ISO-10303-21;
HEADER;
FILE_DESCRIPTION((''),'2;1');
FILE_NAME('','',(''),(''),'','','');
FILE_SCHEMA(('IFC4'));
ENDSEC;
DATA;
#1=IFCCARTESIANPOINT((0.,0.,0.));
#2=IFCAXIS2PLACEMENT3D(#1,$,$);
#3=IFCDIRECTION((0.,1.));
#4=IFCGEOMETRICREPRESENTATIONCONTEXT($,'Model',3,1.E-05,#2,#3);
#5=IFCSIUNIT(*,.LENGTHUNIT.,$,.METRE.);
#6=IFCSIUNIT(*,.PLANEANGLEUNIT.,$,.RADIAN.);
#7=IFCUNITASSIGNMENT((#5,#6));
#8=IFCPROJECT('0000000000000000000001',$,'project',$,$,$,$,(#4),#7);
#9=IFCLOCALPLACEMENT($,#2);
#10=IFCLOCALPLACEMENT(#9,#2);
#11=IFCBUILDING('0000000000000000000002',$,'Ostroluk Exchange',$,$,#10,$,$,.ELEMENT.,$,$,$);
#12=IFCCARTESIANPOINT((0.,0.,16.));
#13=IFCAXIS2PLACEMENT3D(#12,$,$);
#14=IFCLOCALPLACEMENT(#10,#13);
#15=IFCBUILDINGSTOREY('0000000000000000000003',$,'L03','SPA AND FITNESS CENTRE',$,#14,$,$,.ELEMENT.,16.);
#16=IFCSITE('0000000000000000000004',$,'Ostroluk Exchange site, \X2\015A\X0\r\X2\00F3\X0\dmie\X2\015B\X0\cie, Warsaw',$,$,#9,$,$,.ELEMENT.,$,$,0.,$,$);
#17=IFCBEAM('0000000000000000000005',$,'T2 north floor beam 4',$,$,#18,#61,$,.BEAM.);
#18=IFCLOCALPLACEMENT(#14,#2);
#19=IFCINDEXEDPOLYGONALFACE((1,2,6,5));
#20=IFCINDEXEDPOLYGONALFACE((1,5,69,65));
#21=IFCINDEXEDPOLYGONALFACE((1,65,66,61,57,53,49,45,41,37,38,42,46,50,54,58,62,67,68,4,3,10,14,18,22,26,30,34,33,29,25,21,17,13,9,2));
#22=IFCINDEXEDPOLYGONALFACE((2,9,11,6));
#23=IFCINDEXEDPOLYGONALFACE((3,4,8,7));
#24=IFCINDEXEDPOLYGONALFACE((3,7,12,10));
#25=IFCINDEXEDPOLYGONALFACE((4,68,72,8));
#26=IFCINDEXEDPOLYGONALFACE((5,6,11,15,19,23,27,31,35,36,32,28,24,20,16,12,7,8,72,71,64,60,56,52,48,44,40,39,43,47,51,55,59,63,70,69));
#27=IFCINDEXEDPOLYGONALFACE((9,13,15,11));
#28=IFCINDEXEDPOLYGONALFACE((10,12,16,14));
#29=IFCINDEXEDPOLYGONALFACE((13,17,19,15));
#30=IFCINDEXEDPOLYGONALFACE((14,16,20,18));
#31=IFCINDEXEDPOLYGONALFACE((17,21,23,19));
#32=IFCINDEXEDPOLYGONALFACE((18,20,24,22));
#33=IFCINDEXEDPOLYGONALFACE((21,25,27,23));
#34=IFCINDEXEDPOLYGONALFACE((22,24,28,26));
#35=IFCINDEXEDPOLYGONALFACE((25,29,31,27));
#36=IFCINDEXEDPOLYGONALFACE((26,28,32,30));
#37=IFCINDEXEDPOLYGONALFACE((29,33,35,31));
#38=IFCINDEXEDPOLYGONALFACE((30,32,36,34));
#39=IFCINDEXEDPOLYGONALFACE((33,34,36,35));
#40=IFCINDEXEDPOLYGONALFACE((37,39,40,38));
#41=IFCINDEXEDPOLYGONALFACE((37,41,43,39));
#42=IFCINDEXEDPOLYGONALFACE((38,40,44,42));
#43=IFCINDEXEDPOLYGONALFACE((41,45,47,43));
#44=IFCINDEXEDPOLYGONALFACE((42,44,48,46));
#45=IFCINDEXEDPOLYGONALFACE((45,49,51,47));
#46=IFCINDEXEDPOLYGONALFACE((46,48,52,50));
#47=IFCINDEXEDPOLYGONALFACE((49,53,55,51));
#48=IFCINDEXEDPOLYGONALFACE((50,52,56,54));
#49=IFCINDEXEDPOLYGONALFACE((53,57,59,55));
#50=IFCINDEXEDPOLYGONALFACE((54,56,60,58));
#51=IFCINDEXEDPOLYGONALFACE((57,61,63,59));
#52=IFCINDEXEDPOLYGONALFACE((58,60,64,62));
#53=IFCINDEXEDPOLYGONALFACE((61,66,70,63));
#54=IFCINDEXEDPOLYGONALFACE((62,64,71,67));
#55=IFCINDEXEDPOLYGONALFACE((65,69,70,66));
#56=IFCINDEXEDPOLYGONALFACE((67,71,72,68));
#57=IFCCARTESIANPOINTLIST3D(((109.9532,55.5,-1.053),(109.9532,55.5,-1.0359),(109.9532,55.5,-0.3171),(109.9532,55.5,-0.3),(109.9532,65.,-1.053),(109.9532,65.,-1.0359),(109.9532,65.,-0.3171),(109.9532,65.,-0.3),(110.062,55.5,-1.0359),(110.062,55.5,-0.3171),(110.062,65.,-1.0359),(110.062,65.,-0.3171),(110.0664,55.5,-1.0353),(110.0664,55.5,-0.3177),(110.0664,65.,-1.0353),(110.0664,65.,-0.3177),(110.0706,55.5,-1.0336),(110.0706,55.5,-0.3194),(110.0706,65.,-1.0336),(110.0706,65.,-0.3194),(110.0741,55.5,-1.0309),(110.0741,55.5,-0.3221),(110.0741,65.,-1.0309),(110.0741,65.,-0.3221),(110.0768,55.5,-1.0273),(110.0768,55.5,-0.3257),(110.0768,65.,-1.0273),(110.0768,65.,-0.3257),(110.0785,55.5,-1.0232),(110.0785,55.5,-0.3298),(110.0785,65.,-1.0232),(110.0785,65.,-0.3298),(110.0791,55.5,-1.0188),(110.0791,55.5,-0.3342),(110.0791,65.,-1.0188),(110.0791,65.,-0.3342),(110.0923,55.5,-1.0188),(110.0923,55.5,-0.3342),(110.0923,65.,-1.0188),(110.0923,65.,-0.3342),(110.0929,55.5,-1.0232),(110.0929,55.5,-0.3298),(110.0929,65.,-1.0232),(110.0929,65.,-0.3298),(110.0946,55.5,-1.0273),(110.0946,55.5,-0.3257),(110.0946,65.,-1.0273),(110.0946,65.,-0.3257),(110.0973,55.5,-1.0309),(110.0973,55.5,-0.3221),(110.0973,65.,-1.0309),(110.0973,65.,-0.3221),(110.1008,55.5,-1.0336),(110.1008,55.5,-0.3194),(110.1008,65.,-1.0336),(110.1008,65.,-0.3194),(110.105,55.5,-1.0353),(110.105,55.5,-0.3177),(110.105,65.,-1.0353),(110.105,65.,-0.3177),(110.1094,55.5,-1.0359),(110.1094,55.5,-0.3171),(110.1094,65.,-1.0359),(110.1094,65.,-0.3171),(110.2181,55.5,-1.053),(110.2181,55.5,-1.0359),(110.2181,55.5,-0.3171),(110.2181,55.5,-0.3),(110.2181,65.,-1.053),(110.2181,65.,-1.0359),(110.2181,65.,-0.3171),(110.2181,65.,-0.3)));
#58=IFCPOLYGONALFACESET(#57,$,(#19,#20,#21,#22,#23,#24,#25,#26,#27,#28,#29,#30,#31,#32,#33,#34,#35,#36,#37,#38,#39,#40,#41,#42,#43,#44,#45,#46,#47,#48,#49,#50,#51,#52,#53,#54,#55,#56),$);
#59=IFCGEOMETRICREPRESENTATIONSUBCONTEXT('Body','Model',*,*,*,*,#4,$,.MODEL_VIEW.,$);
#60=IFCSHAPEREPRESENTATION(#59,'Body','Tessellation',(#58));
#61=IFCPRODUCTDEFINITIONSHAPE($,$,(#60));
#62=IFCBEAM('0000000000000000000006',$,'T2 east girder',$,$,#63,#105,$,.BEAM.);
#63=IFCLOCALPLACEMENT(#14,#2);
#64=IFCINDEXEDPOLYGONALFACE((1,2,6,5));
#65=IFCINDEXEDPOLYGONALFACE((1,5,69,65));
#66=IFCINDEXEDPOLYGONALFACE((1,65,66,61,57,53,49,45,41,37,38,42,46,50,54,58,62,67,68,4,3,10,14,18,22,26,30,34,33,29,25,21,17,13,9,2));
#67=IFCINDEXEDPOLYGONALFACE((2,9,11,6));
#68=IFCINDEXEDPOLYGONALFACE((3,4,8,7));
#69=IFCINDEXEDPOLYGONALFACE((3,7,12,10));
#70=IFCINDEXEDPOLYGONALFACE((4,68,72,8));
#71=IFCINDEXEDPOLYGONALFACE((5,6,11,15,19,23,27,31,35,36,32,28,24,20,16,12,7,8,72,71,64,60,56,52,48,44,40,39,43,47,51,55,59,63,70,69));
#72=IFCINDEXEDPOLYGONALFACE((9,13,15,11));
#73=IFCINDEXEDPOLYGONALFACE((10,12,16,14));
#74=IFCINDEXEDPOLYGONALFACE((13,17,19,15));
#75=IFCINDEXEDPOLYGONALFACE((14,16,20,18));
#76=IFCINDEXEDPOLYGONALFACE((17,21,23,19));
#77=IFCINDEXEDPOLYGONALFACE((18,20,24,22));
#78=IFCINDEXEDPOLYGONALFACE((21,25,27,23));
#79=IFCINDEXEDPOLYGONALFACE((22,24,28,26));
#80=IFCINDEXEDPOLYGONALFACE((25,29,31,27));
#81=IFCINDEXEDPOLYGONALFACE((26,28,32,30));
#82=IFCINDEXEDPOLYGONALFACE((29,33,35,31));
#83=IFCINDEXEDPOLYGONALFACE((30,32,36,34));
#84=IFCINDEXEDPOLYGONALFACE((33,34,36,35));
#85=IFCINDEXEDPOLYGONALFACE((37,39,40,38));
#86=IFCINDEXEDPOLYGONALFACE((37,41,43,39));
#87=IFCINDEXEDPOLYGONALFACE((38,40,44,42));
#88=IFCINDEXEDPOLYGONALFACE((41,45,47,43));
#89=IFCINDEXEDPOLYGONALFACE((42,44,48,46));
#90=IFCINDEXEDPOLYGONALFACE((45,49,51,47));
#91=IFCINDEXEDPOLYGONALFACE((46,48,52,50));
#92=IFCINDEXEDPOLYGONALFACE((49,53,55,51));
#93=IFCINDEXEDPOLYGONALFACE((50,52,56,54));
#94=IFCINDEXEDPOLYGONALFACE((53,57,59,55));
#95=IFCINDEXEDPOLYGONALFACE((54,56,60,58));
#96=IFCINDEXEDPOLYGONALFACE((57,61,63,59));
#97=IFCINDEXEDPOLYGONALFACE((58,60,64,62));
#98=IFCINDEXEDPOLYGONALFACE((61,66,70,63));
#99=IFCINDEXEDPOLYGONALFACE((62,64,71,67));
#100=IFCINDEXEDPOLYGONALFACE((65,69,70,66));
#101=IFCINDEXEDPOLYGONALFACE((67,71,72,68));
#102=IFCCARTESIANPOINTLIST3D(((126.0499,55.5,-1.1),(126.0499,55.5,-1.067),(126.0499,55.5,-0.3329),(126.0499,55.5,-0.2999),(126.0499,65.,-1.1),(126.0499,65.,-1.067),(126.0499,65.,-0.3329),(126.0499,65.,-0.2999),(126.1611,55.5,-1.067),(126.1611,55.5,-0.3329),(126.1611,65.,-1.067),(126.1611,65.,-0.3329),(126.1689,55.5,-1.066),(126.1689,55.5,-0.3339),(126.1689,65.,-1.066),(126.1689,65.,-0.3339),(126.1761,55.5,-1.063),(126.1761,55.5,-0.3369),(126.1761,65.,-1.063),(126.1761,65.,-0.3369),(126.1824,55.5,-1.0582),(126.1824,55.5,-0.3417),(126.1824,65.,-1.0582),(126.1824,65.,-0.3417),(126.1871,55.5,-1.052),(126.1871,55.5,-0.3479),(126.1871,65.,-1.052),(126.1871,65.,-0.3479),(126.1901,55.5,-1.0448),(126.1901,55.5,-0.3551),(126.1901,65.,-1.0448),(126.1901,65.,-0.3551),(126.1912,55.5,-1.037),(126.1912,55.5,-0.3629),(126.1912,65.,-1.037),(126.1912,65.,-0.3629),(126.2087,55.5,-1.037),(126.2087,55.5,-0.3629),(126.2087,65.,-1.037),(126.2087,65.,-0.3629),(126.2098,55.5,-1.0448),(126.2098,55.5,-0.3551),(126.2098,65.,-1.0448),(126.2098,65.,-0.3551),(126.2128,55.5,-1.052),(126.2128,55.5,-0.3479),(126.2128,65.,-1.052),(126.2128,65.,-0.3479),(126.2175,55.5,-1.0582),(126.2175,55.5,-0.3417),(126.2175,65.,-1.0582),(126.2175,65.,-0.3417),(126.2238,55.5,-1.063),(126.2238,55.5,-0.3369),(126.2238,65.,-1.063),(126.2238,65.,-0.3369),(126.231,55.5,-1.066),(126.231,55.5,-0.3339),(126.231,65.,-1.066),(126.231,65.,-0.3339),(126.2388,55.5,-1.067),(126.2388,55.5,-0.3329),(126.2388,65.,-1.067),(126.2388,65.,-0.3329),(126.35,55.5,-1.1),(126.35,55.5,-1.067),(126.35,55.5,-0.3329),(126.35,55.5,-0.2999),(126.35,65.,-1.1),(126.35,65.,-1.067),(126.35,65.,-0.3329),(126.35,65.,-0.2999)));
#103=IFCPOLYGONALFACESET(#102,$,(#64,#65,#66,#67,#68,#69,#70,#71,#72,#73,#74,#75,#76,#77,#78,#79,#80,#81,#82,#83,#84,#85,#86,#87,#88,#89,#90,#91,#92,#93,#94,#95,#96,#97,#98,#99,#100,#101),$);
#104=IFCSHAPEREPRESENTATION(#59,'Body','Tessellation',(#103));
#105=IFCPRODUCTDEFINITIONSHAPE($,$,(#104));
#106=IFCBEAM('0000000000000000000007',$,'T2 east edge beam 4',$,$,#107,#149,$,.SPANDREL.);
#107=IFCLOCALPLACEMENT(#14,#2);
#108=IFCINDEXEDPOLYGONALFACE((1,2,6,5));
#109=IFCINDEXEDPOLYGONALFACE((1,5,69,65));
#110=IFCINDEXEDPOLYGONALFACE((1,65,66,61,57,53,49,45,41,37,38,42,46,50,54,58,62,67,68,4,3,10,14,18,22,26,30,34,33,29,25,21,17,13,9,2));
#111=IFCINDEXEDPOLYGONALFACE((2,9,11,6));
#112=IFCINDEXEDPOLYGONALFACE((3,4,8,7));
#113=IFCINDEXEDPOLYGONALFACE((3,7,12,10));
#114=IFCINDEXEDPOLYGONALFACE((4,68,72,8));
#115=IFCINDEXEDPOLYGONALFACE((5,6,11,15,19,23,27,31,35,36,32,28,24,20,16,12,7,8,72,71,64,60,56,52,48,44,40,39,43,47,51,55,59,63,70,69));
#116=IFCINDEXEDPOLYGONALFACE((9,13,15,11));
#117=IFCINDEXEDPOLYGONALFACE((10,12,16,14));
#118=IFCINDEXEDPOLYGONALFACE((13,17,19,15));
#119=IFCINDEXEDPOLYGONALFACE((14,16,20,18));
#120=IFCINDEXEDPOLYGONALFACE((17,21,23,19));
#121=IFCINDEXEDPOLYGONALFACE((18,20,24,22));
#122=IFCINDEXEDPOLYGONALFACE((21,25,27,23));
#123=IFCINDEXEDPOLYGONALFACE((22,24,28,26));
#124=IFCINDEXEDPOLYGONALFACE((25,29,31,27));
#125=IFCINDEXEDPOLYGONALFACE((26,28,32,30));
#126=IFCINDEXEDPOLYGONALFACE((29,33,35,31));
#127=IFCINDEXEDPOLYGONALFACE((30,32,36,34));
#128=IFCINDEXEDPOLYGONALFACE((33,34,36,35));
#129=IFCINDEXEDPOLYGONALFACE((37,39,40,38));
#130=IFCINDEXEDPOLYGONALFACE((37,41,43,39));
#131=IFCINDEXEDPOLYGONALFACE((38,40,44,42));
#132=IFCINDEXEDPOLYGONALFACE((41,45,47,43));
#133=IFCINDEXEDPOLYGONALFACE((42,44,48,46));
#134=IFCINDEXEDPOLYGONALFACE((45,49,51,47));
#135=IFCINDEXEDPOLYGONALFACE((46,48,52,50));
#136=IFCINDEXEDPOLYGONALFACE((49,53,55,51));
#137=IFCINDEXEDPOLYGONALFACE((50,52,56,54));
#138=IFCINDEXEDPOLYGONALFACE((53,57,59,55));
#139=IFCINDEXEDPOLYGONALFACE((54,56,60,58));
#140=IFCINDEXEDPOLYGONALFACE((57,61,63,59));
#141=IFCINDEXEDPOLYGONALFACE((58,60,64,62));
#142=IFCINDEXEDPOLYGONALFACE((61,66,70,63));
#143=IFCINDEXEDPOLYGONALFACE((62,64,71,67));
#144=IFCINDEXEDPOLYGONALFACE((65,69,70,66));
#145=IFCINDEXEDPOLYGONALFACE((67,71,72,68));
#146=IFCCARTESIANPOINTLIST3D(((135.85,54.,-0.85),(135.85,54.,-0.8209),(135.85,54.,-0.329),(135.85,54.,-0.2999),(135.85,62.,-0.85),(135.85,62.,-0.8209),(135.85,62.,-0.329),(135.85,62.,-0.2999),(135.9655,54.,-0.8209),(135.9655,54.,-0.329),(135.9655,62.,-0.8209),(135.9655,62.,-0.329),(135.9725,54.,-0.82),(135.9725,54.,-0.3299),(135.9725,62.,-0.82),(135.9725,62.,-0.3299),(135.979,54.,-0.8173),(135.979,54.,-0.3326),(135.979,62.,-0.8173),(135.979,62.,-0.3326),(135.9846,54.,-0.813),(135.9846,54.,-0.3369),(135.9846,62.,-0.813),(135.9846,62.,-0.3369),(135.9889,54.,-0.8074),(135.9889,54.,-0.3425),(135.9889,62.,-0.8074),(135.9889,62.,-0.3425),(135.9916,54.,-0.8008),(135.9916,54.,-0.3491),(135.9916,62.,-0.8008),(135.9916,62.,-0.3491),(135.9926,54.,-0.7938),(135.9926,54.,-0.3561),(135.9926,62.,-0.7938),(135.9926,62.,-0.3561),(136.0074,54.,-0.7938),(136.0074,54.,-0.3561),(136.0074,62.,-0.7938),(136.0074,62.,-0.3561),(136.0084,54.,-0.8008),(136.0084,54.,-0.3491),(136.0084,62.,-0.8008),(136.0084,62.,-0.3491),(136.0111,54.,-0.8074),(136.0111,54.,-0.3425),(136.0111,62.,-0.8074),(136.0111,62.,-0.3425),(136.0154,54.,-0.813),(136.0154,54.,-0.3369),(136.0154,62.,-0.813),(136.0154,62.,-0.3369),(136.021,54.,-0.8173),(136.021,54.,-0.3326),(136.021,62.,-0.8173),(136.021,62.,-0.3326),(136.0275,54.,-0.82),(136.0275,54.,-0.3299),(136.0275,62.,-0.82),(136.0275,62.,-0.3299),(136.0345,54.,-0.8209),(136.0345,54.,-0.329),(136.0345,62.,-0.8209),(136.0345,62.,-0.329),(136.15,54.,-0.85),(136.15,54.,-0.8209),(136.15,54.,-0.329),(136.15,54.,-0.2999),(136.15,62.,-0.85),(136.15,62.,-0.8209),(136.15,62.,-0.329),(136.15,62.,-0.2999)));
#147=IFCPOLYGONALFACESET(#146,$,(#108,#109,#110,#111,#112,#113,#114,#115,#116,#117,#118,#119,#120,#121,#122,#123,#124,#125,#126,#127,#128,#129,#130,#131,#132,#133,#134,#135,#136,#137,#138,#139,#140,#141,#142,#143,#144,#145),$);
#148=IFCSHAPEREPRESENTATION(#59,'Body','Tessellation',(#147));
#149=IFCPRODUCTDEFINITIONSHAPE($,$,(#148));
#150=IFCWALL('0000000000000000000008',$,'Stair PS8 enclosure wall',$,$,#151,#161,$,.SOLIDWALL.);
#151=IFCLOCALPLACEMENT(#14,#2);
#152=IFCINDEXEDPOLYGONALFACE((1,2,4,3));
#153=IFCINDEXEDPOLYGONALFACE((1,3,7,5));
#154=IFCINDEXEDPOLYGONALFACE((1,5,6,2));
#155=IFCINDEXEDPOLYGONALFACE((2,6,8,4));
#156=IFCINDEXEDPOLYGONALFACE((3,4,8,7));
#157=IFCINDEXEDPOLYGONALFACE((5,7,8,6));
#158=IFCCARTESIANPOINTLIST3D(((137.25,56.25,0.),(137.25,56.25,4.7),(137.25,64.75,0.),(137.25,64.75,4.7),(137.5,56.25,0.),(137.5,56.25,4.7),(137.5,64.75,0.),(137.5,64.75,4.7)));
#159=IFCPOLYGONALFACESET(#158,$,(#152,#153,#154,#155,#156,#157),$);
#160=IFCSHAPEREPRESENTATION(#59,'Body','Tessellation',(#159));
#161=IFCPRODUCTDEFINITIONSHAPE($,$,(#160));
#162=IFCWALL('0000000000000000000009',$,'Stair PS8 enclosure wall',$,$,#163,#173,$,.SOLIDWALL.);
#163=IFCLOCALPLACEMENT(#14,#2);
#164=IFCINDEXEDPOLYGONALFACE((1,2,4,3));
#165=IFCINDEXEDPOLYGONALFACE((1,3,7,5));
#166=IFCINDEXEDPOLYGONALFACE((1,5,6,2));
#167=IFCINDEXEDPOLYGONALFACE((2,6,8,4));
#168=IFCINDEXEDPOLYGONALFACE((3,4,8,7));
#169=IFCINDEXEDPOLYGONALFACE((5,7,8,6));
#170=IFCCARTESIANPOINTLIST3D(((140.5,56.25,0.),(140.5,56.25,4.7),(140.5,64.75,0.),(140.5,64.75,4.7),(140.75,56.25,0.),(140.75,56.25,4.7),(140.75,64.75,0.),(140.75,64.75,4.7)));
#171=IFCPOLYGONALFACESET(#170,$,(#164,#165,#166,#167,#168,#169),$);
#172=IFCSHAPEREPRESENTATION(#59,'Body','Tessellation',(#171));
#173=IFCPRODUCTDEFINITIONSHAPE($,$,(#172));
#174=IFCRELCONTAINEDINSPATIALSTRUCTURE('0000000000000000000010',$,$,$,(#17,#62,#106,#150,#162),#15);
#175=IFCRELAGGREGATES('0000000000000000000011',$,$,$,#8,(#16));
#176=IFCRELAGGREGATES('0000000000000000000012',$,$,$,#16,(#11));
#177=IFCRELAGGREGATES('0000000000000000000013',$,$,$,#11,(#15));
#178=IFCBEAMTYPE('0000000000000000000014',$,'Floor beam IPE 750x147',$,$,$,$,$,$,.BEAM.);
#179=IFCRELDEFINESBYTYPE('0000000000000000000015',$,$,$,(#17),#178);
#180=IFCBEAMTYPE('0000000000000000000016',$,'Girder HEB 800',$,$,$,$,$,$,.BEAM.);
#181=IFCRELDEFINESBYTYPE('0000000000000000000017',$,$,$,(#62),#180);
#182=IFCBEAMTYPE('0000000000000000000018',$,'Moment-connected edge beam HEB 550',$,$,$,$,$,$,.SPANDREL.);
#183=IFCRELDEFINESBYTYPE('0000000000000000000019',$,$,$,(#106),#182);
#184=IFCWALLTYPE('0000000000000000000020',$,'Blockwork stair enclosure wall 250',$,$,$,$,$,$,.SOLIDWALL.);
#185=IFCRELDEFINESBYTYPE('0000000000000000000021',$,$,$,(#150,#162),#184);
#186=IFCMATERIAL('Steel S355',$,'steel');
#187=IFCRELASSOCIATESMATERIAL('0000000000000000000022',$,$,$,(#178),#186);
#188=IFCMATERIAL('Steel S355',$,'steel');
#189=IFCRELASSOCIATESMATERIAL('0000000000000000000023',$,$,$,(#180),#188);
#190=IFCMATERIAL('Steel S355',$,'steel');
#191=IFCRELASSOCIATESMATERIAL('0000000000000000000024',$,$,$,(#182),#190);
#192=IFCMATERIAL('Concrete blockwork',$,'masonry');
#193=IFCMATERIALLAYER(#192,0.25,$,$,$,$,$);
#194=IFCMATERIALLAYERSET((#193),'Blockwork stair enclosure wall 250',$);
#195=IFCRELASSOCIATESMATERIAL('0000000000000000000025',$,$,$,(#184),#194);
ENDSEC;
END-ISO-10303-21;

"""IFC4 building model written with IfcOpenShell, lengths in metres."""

from ifc_helpers import new_model, si_unit, direction, frame, frame_2d, origin, origin_2d, place, context, subcontext, project, spatial, rectangle, i_section, extrude, material, layer, layer_set, material_profile, profile_set, type_object, element, save


model = new_model("IFC4")

# Units and contexts
model_context = context("Model", 3, precision=1e-05, world=origin(), true_north=direction((0.0, 1.0)))
body_context = subcontext(model_context, "Body", "Model", "MODEL_VIEW")
ifc_project = project(units=[si_unit("LENGTHUNIT", "METRE"), si_unit("PLANEANGLEUNIT", "RADIAN")], contexts=[model_context])

# Site, building, storey
site_placement = place(None, origin())
site = spatial("IfcSite", under=ifc_project, at=site_placement, Name="Ostroluk Exchange site, Śródmieście, Warsaw", CompositionType="ELEMENT", RefElevation=0.0)
building_placement = place(site_placement, origin())
building = spatial("IfcBuilding", under=site, at=building_placement, Name="Ostroluk Exchange", CompositionType="ELEMENT")
storey_placement = place(building_placement, frame((0.0, 0.0, 16.0)))
storey = spatial("IfcBuildingStorey", under=building, at=storey_placement, Name="L03", Description="SPA AND FITNESS CENTRE", CompositionType="ELEMENT", Elevation=16.0)

# Beams
ifc_material_1 = material(Name="Steel S355", Category="steel")
ifc_material_profile_1 = material_profile(ifc_material_1, i_section(OverallWidth=0.2649, OverallDepth=0.7529, WebThickness=0.0132, FlangeThickness=0.0171, FilletRadius=0.0171, at=origin_2d()), Name="IPE 750x147")
ifc_profile_set_1 = profile_set([ifc_material_profile_1], Name="Steel S355")
beam_type_1 = type_object("IfcBeamType", Name="Floor beam IPE 750x147", PredefinedType="BEAM", material=ifc_profile_set_1)
for number, where, z_axis, x_axis, name in (
    (1, (110.0857, 55.5, -0.6765), (0.0, 1.0, 0.0), (-1.0, 0.0, 0.0), "T2 north floor beam 4"),
):
    element("IfcBeam", number, at=place(storey_placement, frame(where, z_axis=z_axis, x_axis=x_axis)), inside=storey, type_object=beam_type_1, Name=name, PredefinedType="BEAM", context=body_context, shape_type="SweptSolid", body=[
        extrude(i_section(OverallWidth=0.2649, OverallDepth=0.7529, WebThickness=0.0132, FlangeThickness=0.0171, FilletRadius=0.0171, at=origin_2d()), origin(), (0.0, 0.0, 1.0), 9.5),
    ])
ifc_material_2 = material(Name="Steel S355", Category="steel")
ifc_material_profile_2 = material_profile(ifc_material_2, i_section(OverallWidth=0.3, OverallDepth=0.8, WebThickness=0.0176, FlangeThickness=0.033, FilletRadius=0.03, at=origin_2d()), Name="HEB 800")
ifc_profile_set_2 = profile_set([ifc_material_profile_2], Name="Steel S355")
beam_type_2 = type_object("IfcBeamType", Name="Girder HEB 800", PredefinedType="BEAM", material=ifc_profile_set_2)
beam_1_placement = place(storey_placement, frame((126.2, 55.5, -0.7), z_axis=(0.0, 1.0, 0.0), x_axis=(-1.0, 0.0, 0.0)))
element("IfcBeam", 2, at=beam_1_placement, inside=storey, type_object=beam_type_2, Name="T2 east girder", PredefinedType="BEAM", context=body_context, shape_type="SweptSolid", body=[
    extrude(i_section(OverallWidth=0.3, OverallDepth=0.8, WebThickness=0.0176, FlangeThickness=0.033, FilletRadius=0.03, at=origin_2d()), origin(), (0.0, 0.0, 1.0), 9.5),
])
ifc_material_3 = material(Name="Steel S355", Category="steel")
ifc_material_profile_3 = material_profile(ifc_material_3, i_section(OverallWidth=0.3, OverallDepth=0.55, WebThickness=0.0149, FlangeThickness=0.0291, FilletRadius=0.0271, at=origin_2d()), Name="HEB 550")
ifc_profile_set_3 = profile_set([ifc_material_profile_3], Name="Steel S355")
beam_type_3 = type_object("IfcBeamType", Name="Moment-connected edge beam HEB 550", PredefinedType="SPANDREL", material=ifc_profile_set_3)
beam_2_placement = place(storey_placement, frame((136.0, 54.0, -0.575), z_axis=(0.0, 1.0, 0.0), x_axis=(-1.0, 0.0, 0.0)))
element("IfcBeam", 3, at=beam_2_placement, inside=storey, type_object=beam_type_3, Name="T2 east edge beam 4", PredefinedType="SPANDREL", context=body_context, shape_type="SweptSolid", body=[
    extrude(i_section(OverallWidth=0.3, OverallDepth=0.55, WebThickness=0.0149, FlangeThickness=0.0291, FilletRadius=0.0271, at=origin_2d()), origin(), (0.0, 0.0, 1.0), 8.0),
])

# Walls
ifc_material_4 = material(Name="Concrete blockwork", Category="masonry")
ifc_layer_1 = layer(ifc_material_4, 0.25)
ifc_layer_set_1 = layer_set([ifc_layer_1], Name="Blockwork stair enclosure wall 250")
wall_type_1 = type_object("IfcWallType", Name="Blockwork stair enclosure wall 250", PredefinedType="SOLIDWALL", material=ifc_layer_set_1)
for number, where, z_axis, x_axis, name in (
    (4, (137.375, 56.25, 0.0), (0.0, 0.0, 1.0), (0.0, 1.0, 0.0), "Stair PS8 enclosure wall"),
    (5, (140.625, 56.25, 0.0), (0.0, 0.0, 1.0), (0.0, 1.0, 0.0), "Stair PS8 enclosure wall"),
):
    element("IfcWall", number, at=place(storey_placement, frame(where, z_axis=z_axis, x_axis=x_axis)), inside=storey, type_object=wall_type_1, Name=name, PredefinedType="SOLIDWALL", context=body_context, shape_type="SweptSolid", body=[
        extrude(rectangle(XDim=8.5, YDim=0.25, at=frame_2d((4.25, 0.0))), origin(), (0.0, 0.0, 1.0), 4.7),
    ])

save(model, "model.ifc")
